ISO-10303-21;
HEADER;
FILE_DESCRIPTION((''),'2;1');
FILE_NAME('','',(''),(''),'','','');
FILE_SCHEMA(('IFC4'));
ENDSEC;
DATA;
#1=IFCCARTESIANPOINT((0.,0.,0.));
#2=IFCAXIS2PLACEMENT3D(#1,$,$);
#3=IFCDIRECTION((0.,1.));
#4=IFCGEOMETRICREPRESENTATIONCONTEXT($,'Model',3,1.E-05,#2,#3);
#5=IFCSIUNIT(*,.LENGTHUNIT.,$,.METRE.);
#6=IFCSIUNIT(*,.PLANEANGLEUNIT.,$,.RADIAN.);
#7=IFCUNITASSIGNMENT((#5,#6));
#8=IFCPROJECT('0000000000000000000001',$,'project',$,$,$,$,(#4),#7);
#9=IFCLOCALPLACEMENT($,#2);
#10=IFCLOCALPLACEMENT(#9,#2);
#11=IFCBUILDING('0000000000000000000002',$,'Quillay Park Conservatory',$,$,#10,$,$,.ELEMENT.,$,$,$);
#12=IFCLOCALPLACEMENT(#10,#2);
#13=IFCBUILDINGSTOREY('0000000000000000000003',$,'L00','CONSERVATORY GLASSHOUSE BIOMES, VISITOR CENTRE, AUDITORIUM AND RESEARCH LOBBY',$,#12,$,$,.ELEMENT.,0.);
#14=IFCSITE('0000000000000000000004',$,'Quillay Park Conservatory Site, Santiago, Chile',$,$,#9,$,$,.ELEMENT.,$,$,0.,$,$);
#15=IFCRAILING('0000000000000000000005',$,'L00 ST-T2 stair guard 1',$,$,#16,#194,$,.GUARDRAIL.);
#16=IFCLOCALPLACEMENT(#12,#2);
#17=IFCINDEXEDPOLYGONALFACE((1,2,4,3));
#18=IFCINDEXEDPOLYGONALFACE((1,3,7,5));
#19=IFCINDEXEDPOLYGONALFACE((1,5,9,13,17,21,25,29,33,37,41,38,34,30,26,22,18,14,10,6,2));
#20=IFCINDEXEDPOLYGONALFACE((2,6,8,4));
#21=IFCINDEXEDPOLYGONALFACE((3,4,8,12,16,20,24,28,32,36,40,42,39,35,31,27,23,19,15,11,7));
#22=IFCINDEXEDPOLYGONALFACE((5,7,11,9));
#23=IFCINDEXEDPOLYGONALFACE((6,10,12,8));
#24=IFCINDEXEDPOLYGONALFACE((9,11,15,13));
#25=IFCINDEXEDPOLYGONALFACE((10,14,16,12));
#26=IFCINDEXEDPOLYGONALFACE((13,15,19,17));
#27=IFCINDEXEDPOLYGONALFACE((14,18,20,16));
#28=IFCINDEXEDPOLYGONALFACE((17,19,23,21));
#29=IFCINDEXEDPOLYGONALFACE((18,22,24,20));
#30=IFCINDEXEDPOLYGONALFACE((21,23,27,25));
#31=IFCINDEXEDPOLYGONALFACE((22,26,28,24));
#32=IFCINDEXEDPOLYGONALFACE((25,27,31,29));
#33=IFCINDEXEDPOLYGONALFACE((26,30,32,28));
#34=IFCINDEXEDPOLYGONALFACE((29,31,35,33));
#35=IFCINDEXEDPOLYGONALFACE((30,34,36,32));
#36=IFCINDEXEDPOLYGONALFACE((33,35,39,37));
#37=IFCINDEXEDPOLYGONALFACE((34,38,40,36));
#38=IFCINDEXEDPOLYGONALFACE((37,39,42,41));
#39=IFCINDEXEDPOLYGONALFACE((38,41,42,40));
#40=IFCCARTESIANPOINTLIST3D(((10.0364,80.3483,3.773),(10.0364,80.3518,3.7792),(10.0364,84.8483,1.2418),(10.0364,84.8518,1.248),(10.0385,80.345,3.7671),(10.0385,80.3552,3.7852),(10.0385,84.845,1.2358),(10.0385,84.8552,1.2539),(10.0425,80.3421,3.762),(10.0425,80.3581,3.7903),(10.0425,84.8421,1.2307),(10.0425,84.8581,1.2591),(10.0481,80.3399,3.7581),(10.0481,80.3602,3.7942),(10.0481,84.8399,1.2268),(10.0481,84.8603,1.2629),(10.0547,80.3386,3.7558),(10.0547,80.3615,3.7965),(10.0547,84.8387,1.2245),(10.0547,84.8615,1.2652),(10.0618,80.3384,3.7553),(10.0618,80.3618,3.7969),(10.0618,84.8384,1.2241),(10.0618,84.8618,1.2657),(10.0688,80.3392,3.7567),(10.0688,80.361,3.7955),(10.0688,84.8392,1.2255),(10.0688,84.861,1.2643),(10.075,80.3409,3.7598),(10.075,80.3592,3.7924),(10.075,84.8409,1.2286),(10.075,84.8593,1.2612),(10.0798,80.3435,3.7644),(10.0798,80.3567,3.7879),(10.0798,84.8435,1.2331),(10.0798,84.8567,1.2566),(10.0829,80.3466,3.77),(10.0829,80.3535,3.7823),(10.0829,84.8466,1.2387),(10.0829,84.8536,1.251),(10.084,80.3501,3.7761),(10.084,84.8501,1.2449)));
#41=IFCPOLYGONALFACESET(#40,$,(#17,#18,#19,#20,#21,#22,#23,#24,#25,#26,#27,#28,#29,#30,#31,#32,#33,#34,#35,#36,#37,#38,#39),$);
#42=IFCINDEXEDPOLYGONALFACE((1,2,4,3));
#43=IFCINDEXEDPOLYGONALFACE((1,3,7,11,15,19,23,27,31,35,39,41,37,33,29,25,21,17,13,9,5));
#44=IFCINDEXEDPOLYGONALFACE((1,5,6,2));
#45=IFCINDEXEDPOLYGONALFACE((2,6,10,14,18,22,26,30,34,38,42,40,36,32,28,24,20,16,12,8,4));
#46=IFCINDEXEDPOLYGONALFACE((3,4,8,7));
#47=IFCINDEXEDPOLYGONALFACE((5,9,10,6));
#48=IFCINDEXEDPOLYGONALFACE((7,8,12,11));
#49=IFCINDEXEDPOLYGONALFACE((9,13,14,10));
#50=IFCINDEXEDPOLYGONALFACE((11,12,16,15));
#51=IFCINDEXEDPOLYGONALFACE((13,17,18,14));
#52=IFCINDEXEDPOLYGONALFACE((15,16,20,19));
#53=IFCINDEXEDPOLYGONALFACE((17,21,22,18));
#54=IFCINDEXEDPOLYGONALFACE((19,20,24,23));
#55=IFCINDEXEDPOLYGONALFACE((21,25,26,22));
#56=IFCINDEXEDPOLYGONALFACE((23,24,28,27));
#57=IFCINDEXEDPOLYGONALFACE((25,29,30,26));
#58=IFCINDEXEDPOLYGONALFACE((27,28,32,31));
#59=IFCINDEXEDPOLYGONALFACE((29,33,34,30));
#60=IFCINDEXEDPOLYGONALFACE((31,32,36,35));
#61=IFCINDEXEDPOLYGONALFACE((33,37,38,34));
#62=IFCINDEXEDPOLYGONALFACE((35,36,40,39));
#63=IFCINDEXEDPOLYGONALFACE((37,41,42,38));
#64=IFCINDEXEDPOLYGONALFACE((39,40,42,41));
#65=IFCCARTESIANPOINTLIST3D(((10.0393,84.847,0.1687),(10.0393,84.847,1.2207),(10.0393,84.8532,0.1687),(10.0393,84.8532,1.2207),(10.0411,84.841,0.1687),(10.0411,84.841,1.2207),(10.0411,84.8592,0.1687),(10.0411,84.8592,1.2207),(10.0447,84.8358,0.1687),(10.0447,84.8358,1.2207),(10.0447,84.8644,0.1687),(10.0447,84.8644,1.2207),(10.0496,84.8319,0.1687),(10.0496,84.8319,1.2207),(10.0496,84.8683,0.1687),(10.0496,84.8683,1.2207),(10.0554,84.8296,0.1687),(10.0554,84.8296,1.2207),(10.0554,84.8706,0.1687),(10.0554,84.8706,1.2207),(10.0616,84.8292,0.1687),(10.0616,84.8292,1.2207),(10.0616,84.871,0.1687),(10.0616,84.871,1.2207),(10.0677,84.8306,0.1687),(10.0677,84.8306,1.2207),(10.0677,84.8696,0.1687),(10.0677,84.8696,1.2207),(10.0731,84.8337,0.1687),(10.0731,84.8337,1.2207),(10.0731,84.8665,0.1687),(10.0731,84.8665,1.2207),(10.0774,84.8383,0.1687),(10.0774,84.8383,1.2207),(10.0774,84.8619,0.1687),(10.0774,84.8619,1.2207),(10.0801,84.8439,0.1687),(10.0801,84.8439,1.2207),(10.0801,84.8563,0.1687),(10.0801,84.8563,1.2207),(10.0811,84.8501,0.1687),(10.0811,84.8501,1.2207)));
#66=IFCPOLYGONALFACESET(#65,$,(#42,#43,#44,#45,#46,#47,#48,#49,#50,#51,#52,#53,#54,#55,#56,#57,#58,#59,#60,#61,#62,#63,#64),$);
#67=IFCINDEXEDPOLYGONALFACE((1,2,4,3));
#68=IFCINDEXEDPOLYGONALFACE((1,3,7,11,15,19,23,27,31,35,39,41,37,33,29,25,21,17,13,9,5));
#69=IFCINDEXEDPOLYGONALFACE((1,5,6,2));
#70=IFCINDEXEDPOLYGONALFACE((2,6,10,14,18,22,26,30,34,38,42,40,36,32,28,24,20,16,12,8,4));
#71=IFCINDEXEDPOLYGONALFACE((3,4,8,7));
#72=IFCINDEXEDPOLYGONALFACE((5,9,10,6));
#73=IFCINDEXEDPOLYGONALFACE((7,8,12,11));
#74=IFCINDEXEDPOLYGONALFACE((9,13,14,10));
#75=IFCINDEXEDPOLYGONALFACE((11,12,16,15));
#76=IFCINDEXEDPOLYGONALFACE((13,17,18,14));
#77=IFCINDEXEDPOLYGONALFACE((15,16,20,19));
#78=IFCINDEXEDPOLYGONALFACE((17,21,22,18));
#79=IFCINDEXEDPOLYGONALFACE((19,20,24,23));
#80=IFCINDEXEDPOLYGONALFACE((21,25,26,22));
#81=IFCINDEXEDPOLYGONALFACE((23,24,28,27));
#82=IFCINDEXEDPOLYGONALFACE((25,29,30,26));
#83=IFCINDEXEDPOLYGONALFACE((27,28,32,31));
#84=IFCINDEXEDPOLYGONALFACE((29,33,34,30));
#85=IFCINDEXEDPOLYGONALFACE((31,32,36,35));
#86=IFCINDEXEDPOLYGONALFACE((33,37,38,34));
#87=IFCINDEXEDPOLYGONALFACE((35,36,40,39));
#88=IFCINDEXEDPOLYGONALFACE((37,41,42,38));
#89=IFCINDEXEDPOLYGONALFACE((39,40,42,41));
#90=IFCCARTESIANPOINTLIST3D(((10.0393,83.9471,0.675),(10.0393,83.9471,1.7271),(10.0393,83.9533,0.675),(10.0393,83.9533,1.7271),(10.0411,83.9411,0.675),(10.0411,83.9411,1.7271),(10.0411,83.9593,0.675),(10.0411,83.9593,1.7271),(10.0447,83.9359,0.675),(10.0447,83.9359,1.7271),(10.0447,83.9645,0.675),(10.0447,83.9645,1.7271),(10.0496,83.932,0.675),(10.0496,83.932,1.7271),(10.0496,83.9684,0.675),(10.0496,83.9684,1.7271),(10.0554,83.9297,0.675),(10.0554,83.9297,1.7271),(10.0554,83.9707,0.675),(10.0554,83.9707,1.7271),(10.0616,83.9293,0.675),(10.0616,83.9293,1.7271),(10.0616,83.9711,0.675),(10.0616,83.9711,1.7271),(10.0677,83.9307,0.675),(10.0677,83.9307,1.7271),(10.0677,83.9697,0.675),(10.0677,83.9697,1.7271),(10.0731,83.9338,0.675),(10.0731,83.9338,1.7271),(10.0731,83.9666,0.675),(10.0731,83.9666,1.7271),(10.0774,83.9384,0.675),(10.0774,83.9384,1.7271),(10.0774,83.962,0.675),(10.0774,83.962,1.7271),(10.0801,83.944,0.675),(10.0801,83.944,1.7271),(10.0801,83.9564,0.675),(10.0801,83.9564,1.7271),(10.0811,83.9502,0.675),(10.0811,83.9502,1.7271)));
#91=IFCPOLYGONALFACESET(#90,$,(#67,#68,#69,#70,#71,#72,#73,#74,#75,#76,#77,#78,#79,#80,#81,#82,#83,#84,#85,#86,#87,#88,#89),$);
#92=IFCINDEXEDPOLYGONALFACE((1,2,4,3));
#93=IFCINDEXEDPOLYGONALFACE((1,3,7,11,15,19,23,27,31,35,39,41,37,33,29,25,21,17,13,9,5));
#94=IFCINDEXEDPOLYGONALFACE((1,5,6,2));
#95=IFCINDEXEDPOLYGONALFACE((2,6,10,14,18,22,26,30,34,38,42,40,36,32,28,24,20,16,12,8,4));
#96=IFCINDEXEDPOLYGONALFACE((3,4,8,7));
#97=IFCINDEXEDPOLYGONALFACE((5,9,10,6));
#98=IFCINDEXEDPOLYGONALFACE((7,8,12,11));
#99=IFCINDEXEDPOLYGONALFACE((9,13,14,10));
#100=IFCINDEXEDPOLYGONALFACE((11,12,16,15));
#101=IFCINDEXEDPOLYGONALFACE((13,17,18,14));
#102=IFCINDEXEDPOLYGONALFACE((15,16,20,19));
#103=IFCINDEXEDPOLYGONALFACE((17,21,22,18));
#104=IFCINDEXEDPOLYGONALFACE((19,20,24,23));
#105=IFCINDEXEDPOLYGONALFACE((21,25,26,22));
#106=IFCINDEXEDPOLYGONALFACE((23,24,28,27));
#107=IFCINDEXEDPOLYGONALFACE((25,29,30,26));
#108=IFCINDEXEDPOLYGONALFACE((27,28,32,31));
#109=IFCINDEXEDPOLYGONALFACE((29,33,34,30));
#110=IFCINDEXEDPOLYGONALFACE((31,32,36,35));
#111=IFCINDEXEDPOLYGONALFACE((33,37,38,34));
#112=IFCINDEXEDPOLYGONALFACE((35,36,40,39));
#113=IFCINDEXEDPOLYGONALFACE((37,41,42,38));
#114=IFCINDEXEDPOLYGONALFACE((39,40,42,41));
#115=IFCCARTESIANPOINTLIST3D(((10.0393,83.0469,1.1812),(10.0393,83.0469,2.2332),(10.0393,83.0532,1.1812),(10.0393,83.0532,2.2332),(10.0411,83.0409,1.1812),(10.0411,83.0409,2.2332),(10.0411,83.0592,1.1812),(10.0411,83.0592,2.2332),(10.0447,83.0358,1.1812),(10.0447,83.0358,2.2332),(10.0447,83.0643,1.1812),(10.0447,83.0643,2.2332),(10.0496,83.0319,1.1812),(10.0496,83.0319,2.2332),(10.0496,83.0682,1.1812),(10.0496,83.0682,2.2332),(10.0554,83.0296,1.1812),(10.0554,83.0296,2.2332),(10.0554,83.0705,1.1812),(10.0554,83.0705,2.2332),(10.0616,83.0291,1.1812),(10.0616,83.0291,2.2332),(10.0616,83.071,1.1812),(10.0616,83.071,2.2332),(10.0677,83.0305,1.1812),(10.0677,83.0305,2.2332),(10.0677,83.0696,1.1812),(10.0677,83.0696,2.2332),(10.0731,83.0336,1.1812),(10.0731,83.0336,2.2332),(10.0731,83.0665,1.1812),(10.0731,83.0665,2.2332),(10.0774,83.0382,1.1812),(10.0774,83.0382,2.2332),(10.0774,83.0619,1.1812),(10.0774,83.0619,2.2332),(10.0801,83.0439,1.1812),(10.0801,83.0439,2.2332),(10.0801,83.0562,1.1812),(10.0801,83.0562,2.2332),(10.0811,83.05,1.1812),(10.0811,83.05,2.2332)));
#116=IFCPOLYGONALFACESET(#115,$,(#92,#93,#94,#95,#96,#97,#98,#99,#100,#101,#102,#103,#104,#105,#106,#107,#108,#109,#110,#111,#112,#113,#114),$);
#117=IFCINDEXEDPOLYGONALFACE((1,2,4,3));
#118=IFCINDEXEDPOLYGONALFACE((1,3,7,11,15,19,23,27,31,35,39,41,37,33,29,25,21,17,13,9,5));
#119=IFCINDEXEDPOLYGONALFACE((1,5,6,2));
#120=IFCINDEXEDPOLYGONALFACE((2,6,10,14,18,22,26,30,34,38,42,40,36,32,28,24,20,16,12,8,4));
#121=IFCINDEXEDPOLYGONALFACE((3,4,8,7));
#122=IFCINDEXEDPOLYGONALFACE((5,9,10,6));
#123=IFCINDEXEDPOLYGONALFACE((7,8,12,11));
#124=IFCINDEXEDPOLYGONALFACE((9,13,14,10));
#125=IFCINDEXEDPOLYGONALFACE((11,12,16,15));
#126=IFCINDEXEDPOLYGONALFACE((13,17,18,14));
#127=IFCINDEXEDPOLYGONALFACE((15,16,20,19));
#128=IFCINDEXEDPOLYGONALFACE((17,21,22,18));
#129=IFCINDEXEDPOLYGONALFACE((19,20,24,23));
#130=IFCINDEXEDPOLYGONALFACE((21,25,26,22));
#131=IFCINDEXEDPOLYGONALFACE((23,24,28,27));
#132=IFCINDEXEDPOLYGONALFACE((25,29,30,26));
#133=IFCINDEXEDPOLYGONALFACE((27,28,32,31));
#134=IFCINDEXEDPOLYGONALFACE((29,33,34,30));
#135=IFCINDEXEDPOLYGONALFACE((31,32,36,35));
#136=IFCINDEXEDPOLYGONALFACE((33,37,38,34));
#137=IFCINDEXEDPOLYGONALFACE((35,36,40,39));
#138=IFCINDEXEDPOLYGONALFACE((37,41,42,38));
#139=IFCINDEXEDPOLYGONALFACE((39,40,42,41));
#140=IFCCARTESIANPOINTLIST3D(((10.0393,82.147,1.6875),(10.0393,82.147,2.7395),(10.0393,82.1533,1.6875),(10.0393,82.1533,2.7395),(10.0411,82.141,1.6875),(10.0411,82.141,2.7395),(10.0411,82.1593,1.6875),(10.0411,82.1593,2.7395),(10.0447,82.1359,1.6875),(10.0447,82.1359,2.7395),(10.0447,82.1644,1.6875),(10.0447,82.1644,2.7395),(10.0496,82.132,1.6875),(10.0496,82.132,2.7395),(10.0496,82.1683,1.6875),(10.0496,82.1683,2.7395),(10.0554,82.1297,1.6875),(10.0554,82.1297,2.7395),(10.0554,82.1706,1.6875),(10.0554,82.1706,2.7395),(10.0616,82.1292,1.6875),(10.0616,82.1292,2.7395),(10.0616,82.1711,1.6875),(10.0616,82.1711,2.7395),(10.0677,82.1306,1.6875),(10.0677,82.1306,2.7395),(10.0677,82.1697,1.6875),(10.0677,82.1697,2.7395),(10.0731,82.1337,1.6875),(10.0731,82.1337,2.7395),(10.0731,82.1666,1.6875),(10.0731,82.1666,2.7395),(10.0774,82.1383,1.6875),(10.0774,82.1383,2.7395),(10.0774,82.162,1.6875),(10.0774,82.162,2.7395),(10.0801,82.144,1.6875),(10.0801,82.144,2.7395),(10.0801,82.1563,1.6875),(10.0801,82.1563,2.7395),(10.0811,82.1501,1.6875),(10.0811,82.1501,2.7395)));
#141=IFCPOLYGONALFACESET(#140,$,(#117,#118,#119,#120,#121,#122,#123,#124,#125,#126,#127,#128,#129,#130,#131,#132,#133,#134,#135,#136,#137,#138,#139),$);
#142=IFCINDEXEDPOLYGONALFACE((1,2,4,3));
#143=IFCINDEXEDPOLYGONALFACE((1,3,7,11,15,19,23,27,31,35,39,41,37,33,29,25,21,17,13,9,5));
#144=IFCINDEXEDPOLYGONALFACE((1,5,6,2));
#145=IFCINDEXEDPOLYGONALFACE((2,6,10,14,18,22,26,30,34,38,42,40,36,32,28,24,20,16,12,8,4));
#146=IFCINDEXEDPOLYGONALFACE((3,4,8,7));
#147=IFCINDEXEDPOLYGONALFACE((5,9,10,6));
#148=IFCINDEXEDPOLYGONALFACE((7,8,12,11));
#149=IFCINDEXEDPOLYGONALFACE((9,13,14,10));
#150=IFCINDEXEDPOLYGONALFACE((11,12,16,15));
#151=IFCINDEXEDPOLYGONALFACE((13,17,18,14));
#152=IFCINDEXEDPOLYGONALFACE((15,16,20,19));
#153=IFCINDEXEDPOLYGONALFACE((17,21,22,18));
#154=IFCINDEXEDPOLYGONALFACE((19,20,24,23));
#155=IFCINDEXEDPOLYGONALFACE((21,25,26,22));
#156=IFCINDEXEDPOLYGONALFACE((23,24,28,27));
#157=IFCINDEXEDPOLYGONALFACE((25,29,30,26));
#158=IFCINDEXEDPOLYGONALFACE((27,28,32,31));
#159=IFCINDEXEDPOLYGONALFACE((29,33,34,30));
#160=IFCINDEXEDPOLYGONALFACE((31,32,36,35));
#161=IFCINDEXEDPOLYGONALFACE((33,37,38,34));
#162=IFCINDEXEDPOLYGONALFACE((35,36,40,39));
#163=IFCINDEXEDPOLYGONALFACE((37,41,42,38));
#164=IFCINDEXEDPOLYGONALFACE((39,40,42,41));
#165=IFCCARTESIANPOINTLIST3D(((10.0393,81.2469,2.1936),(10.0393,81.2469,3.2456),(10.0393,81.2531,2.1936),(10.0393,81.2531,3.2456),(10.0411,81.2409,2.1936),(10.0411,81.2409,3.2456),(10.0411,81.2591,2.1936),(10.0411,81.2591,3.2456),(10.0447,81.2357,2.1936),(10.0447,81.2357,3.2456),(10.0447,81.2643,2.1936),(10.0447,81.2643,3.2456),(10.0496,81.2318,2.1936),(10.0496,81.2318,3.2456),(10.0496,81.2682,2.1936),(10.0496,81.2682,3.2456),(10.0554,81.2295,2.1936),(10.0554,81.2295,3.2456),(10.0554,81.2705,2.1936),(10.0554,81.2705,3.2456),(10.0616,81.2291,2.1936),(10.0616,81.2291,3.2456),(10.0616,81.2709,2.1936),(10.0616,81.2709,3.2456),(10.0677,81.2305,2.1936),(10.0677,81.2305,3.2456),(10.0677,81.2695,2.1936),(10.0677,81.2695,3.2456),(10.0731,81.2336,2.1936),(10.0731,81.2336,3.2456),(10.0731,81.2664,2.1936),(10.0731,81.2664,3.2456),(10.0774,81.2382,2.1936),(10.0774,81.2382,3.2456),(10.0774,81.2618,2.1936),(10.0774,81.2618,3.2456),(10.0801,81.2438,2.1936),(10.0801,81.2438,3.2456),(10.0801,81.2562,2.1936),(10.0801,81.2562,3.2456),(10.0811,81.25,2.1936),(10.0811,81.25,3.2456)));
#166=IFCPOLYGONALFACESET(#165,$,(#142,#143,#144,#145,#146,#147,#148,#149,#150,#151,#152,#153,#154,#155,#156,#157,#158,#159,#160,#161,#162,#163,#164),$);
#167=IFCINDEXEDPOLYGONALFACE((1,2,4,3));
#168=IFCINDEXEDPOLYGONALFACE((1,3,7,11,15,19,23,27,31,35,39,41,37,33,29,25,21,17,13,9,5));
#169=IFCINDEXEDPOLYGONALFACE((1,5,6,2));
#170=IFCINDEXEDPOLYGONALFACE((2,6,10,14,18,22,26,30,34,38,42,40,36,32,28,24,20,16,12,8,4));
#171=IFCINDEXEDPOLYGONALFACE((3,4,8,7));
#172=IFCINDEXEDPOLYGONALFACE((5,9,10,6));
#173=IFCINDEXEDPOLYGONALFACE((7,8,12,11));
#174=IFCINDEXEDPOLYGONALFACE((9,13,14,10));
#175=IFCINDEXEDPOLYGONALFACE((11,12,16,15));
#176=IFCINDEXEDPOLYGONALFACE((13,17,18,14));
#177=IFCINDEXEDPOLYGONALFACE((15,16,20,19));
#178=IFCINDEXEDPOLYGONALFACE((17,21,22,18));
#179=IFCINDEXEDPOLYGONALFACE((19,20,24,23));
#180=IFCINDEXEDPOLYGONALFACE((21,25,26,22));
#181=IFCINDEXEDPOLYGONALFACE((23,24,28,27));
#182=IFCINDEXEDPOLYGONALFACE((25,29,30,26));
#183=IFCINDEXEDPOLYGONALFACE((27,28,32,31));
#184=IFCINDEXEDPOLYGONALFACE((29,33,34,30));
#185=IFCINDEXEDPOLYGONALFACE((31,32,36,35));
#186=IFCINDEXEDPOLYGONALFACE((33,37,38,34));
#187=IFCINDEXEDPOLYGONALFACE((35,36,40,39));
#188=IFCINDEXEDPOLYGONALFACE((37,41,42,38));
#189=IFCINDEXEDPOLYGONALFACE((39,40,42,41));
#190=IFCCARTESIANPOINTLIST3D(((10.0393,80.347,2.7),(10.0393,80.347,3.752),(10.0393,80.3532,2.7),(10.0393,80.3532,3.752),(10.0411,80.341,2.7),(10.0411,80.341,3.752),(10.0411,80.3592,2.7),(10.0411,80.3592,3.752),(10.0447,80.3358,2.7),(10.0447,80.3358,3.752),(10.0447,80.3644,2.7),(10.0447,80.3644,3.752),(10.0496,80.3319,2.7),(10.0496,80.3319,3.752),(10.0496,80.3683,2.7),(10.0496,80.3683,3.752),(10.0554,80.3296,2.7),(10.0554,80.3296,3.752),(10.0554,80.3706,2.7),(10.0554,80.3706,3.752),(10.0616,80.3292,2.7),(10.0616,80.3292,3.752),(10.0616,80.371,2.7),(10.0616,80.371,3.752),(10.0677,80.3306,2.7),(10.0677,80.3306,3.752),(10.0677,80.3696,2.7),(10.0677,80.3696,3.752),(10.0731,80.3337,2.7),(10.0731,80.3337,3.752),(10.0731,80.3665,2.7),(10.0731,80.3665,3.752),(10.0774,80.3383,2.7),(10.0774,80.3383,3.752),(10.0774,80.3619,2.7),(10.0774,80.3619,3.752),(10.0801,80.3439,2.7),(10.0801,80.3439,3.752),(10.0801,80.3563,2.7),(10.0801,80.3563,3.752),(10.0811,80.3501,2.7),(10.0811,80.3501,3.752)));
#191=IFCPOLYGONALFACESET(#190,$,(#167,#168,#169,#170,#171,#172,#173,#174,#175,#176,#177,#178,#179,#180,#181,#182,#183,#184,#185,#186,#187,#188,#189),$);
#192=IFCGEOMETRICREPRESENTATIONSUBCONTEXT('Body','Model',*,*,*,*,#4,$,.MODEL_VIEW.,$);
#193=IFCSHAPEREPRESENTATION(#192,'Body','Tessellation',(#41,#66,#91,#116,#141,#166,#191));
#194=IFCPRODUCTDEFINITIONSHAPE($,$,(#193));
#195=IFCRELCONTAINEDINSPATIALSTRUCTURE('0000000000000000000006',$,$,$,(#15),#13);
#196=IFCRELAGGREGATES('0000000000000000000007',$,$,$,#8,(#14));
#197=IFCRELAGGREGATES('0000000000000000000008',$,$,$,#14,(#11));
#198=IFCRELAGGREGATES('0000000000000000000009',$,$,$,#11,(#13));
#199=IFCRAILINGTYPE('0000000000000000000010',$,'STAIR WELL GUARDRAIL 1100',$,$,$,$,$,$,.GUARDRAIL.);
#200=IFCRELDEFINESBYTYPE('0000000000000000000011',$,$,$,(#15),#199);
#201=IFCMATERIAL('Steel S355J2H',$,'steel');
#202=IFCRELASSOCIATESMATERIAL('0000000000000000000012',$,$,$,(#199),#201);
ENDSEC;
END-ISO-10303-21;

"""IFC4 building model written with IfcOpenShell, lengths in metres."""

from ifc_helpers import new_model, si_unit, direction, frame, origin, origin_2d, place, context, subcontext, project, spatial, circle, extrude, material, type_object, element, save


model = new_model("IFC4")

# Units and contexts
model_context = context("Model", 3, precision=1e-05, world=origin(), true_north=direction((0.0, 1.0)))
body_context = subcontext(model_context, "Body", "Model", "MODEL_VIEW")
ifc_project = project(units=[si_unit("LENGTHUNIT", "METRE"), si_unit("PLANEANGLEUNIT", "RADIAN")], contexts=[model_context])

# Site, building, storey
site_placement = place(None, origin())
site = spatial("IfcSite", under=ifc_project, at=site_placement, Name="Quillay Park Conservatory Site, Santiago, Chile", CompositionType="ELEMENT", RefElevation=0.0)
building_placement = place(site_placement, origin())
building = spatial("IfcBuilding", under=site, at=building_placement, Name="Quillay Park Conservatory", CompositionType="ELEMENT")
storey_placement = place(building_placement, origin())
storey = spatial("IfcBuildingStorey", under=building, at=storey_placement, Name="L00", Description="CONSERVATORY GLASSHOUSE BIOMES, VISITOR CENTRE, AUDITORIUM AND RESEARCH LOBBY", CompositionType="ELEMENT", Elevation=0.0)

# Railing
ifc_material_1 = material(Name="Steel S355J2H", Category="steel")
railing_type_1 = type_object("IfcRailingType", Name="STAIR WELL GUARDRAIL 1100", PredefinedType="GUARDRAIL", material=ifc_material_1)
railing_1_placement = place(storey_placement, frame((10.0601, 84.8501, 0.1687)))
element("IfcRailing", 1, at=railing_1_placement, inside=storey, type_object=railing_type_1, Name="L00 ST-T2 stair guard 1", PredefinedType="GUARDRAIL", context=body_context, shape_type="SweptSolid", body=[
    extrude(circle(Radius=0.0239, at=origin_2d()), frame((0.0, 0.0, 1.0762), z_axis=(0.0, -0.871576, 0.490261), x_axis=(1.0, 0.0, 0.0)), (0.0, 0.0, 1.0), 5.1631),
    extrude(circle(Radius=0.021, at=origin_2d()), origin(), (0.0, 0.0, 1.0), 1.052),
    extrude(circle(Radius=0.021, at=origin_2d()), frame((0.0, -0.8999, 0.5063)), (0.0, 0.0, 1.0), 1.052),
    extrude(circle(Radius=0.021, at=origin_2d()), frame((0.0, -1.8, 1.0125)), (0.0, 0.0, 1.0), 1.052),
    extrude(circle(Radius=0.021, at=origin_2d()), frame((0.0, -2.7, 1.5188)), (0.0, 0.0, 1.0), 1.052),
    extrude(circle(Radius=0.021, at=origin_2d()), frame((0.0, -3.6001, 2.0249)), (0.0, 0.0, 1.0), 1.052),
    extrude(circle(Radius=0.021, at=origin_2d()), frame((0.0, -4.5, 2.5312)), (0.0, 0.0, 1.0), 1.052),
])

save(model, "model.ifc")
